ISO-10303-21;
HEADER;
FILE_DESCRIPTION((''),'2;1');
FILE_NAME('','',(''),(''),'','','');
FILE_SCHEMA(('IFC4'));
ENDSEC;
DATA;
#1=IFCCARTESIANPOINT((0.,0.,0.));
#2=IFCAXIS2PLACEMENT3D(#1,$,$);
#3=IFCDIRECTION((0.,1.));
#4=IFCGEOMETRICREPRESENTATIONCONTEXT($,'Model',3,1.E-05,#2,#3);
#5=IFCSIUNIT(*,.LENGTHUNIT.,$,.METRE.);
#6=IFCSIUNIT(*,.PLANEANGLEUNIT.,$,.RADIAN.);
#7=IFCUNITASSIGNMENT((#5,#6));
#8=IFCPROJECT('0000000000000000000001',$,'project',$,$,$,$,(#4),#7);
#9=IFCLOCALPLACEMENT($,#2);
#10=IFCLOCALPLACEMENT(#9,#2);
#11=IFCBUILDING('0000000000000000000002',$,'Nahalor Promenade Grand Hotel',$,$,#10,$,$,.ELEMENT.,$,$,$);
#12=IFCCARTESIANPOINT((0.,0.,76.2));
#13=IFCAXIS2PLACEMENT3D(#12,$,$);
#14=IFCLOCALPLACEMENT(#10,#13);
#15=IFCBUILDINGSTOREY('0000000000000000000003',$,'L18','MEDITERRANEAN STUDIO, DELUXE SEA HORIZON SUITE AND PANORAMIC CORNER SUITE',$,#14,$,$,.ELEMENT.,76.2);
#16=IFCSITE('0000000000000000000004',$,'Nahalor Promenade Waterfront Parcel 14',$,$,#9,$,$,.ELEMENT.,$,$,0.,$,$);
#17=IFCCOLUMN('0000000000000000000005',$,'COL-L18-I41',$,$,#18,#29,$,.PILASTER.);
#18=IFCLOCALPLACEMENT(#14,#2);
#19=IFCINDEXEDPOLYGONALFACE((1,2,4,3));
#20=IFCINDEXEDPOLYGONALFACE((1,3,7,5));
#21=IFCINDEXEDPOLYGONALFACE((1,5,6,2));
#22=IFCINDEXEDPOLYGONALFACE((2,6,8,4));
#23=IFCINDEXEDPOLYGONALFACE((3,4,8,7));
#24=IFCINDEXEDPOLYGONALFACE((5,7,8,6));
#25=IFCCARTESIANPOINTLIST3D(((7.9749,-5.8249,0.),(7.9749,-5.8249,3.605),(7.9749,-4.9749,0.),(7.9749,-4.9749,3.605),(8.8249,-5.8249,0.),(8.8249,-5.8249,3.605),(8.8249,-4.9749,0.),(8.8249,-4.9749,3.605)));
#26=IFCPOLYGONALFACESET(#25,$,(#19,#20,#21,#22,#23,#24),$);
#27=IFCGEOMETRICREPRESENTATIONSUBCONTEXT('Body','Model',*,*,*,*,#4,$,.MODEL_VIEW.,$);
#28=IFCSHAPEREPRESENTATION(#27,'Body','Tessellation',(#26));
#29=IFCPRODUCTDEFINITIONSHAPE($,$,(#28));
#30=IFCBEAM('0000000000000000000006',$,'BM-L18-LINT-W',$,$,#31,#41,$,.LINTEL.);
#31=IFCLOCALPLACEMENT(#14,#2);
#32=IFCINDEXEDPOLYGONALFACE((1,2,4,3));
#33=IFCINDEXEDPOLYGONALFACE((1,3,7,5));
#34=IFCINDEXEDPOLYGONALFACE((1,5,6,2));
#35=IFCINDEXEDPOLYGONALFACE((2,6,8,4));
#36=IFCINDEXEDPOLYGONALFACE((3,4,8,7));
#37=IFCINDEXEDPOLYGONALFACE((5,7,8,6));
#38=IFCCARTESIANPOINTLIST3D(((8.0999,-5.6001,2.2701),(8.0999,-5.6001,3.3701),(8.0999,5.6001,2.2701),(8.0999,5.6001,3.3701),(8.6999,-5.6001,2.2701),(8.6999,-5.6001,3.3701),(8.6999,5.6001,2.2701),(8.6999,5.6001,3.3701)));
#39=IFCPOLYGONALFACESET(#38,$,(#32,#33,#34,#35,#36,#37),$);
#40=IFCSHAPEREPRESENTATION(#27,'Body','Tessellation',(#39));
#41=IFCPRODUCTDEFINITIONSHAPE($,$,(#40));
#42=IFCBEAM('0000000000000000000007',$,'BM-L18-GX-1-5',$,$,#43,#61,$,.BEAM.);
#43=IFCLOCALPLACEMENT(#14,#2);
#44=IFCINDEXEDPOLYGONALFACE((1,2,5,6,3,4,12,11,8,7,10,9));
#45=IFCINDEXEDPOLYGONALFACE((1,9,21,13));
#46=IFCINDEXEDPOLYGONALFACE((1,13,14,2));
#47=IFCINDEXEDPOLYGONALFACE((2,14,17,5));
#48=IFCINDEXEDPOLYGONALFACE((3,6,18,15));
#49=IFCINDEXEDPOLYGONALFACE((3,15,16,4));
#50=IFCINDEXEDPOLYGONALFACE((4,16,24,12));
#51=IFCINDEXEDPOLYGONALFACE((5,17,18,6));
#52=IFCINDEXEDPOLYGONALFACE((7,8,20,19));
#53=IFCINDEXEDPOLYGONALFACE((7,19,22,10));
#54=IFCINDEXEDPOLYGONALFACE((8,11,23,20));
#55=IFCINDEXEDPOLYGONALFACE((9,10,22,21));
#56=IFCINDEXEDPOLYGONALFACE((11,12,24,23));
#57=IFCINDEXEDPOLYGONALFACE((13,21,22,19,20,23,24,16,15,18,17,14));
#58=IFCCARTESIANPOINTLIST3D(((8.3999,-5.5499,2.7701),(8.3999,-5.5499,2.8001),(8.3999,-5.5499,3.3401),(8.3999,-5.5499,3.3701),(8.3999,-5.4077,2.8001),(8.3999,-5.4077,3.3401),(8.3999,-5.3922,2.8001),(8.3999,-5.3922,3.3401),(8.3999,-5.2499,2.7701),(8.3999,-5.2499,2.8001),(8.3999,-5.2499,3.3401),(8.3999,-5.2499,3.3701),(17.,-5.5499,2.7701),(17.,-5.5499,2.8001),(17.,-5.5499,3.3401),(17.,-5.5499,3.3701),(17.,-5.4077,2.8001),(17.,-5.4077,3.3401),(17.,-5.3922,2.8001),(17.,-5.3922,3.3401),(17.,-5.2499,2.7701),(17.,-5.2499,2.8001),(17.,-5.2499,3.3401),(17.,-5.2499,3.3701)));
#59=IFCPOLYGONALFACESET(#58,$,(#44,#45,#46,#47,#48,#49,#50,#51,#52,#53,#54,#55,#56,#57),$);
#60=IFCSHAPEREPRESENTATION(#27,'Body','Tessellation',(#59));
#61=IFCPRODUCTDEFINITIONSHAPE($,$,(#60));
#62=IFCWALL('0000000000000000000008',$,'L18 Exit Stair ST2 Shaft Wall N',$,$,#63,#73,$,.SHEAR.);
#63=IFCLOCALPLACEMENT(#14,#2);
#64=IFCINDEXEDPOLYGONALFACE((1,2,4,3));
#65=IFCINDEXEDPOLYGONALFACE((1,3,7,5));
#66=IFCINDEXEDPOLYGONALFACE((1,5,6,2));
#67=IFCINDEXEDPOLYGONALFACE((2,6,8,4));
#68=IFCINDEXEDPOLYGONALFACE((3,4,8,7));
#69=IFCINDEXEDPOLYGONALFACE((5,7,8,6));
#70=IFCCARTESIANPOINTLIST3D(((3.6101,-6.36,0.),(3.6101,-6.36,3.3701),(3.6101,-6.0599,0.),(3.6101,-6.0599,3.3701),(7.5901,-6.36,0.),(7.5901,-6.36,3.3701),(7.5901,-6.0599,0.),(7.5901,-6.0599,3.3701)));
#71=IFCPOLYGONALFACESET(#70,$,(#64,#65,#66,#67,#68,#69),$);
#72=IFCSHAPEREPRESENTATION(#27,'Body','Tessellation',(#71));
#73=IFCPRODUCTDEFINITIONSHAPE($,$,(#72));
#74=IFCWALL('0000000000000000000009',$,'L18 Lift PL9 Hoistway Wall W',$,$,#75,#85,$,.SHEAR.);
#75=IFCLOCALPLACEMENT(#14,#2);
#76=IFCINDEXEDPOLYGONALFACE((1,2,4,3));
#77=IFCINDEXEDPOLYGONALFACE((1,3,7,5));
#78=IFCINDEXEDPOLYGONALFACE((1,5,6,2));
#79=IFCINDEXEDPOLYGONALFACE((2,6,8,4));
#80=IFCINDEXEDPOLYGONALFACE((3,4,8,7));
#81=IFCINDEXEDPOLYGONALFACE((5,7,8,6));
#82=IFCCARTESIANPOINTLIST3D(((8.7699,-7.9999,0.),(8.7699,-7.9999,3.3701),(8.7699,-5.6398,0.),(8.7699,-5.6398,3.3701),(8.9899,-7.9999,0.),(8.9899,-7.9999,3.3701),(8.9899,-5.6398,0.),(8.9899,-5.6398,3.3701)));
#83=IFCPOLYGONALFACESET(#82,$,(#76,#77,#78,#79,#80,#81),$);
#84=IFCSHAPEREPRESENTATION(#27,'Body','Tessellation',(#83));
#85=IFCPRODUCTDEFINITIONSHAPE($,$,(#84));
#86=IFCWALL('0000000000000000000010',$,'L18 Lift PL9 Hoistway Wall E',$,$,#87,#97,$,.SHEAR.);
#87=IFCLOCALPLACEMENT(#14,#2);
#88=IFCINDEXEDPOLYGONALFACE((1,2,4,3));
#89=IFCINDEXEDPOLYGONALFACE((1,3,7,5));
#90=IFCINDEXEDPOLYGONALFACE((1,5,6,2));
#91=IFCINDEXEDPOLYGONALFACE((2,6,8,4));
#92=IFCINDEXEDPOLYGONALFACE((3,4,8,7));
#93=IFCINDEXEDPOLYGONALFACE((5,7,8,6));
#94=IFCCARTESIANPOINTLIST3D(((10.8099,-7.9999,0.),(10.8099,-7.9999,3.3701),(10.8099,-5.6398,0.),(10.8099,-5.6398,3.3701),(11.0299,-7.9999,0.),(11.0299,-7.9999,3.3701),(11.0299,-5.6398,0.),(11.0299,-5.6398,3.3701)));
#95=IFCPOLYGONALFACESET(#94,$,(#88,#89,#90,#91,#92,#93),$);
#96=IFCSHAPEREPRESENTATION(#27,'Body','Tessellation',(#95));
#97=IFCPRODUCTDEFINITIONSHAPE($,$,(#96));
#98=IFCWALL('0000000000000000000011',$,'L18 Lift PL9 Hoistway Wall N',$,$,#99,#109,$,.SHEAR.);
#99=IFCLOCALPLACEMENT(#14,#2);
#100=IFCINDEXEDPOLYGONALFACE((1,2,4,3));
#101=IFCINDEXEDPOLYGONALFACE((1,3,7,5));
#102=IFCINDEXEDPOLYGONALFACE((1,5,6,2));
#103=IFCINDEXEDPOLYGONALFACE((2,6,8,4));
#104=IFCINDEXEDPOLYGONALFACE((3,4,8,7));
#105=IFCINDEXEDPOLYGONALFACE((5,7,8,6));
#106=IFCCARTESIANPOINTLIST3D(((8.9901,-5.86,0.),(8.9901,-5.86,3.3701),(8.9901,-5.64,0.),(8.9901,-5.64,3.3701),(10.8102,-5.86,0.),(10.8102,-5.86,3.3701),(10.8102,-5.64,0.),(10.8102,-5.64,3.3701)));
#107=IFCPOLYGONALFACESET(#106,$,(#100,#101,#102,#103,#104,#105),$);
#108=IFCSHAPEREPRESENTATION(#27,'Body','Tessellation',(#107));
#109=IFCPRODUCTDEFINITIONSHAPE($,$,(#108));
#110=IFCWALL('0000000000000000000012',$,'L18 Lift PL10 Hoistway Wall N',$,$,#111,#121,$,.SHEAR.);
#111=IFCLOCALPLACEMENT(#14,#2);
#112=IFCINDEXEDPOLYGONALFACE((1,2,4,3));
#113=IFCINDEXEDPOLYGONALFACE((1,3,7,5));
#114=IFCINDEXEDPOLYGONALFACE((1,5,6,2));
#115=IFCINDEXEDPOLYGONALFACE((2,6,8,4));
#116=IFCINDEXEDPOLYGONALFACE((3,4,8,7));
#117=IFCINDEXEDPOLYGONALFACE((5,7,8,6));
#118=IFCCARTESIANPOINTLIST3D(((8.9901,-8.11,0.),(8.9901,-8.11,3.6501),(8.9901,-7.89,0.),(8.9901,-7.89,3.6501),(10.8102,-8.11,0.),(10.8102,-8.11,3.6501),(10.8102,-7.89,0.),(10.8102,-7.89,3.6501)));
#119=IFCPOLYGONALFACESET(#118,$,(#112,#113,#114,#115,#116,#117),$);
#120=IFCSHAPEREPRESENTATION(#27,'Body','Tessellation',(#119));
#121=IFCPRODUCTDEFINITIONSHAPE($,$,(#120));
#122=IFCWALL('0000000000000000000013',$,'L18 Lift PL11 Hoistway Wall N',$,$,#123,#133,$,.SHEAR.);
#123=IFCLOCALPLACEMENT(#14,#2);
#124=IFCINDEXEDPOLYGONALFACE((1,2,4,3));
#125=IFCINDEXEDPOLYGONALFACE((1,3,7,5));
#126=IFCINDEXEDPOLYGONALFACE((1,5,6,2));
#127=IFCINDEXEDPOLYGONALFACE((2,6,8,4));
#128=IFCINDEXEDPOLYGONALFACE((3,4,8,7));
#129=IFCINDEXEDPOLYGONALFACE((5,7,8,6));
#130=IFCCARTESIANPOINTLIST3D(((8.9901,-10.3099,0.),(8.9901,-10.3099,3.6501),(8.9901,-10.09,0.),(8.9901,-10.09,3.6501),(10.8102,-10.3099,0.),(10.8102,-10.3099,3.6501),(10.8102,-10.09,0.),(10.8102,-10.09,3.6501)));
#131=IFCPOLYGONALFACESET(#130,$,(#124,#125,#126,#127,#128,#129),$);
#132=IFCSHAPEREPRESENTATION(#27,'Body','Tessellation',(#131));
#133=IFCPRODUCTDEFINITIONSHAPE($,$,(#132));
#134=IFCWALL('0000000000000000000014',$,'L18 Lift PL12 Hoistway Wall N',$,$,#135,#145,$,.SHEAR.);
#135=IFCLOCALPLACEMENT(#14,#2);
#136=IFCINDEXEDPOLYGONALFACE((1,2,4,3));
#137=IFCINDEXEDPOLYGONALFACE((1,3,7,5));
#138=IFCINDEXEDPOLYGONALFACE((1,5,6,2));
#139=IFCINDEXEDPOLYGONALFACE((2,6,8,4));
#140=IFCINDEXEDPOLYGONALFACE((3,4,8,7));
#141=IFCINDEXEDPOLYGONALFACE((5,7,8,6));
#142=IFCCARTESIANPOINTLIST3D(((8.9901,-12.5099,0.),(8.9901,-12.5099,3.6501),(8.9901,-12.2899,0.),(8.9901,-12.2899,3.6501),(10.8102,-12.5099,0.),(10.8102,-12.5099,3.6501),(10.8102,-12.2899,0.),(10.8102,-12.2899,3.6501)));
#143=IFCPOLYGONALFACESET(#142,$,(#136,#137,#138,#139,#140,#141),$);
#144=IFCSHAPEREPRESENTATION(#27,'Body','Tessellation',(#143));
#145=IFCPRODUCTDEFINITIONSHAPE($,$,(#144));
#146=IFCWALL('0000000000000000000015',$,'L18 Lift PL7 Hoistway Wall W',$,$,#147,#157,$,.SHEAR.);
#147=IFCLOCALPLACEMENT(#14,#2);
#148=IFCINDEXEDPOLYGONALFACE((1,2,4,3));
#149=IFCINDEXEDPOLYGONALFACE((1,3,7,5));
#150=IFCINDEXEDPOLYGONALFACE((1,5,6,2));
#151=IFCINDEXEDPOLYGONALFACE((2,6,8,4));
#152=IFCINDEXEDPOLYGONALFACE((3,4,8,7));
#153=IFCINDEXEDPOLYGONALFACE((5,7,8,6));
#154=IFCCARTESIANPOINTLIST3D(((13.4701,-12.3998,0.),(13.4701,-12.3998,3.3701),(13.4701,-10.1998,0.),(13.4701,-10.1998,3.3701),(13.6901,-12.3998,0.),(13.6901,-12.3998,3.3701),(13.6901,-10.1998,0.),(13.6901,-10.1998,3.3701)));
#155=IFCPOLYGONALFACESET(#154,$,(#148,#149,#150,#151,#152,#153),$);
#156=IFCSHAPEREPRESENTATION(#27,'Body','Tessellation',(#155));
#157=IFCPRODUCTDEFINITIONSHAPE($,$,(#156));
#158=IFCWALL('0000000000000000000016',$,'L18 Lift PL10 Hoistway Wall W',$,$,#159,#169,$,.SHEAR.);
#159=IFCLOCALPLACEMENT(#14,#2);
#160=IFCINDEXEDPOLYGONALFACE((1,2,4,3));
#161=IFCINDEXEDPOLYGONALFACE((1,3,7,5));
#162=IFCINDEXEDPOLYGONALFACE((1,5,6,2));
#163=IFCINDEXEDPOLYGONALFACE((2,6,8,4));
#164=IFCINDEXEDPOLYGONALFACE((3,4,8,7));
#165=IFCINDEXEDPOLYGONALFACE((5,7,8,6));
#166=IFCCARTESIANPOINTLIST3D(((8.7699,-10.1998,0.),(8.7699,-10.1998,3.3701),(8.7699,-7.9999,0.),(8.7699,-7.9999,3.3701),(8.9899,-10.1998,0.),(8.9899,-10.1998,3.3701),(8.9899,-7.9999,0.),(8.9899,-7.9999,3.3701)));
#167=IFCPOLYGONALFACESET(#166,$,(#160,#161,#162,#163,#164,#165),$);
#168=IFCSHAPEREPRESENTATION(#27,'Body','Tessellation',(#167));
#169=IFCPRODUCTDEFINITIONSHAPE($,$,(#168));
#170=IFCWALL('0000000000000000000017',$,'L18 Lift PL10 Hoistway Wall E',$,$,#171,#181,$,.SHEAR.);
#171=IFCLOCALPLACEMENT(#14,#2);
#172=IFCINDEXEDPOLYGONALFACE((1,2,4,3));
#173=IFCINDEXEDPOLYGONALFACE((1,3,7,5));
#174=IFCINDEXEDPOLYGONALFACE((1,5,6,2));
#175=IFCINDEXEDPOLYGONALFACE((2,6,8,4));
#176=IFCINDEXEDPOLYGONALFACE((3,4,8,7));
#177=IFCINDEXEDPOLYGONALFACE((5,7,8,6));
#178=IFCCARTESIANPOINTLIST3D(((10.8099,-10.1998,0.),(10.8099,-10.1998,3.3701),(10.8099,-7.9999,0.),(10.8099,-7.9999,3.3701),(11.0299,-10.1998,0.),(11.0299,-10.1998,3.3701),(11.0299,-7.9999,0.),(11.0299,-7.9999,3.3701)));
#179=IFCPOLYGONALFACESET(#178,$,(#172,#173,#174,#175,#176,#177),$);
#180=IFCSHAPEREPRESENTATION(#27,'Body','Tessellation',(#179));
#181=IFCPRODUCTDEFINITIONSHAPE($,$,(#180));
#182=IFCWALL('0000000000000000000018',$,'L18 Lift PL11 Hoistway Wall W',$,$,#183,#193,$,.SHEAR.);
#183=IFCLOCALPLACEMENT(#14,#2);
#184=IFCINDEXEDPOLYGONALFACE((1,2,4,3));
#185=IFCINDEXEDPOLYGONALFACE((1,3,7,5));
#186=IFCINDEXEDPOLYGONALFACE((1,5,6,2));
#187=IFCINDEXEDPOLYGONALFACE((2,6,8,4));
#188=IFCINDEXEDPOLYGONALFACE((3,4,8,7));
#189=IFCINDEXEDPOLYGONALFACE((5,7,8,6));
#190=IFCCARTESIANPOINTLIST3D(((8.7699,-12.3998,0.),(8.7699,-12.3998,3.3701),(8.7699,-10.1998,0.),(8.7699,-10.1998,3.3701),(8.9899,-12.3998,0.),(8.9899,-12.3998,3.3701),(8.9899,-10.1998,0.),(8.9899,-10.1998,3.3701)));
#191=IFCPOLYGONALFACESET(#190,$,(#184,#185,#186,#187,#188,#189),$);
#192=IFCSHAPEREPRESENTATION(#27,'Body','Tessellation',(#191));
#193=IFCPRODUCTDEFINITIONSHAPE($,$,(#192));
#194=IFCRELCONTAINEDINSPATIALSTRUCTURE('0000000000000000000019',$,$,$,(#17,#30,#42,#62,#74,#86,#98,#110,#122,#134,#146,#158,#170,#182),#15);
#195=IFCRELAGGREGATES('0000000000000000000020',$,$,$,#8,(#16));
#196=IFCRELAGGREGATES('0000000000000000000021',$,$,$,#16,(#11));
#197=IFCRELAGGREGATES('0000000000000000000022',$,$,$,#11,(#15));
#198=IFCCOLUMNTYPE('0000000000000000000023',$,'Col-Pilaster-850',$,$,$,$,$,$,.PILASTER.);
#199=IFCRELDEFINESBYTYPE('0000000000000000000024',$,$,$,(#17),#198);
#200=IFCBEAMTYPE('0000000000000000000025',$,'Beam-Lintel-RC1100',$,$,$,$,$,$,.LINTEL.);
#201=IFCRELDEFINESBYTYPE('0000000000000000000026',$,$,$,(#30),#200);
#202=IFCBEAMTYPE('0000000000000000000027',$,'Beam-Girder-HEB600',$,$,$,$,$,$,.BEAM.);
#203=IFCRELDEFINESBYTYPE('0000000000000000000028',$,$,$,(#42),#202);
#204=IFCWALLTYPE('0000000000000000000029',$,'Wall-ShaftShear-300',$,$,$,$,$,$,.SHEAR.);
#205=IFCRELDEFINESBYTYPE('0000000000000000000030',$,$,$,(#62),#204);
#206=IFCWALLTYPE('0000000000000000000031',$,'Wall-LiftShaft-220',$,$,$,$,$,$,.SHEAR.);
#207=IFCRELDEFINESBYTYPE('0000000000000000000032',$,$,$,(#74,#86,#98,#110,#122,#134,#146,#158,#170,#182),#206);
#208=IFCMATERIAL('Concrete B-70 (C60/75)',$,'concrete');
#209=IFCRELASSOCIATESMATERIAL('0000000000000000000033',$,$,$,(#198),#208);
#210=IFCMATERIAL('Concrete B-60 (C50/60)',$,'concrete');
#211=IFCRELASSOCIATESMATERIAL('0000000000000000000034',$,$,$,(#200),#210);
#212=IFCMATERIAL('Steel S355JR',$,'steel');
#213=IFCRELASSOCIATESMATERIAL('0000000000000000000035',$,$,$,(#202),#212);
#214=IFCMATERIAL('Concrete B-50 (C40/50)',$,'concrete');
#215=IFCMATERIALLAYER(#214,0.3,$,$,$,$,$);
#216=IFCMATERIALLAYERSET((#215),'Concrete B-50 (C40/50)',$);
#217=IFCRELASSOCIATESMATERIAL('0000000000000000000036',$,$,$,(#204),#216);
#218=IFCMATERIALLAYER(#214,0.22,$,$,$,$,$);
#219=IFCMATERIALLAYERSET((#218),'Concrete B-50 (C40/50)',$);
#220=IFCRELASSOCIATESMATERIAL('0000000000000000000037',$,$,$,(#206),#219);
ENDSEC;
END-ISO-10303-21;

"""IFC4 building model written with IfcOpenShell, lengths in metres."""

from ifc_helpers import new_model, si_unit, direction, frame, frame_2d, origin, origin_2d, place, context, subcontext, project, spatial, rectangle, i_section, extrude, source, transform, mapped, material, layer, layer_set, material_profile, profile_set, type_object, element, save


model = new_model("IFC4")

# Units and contexts
model_context = context("Model", 3, precision=1e-05, world=origin(), true_north=direction((0.0, 1.0)))
body_context = subcontext(model_context, "Body", "Model", "MODEL_VIEW")
ifc_project = project(units=[si_unit("LENGTHUNIT", "METRE"), si_unit("PLANEANGLEUNIT", "RADIAN")], contexts=[model_context])

# Site, building, storey
site_placement = place(None, origin())
site = spatial("IfcSite", under=ifc_project, at=site_placement, Name="Nahalor Promenade Waterfront Parcel 14", CompositionType="ELEMENT", RefElevation=0.0)
building_placement = place(site_placement, origin())
building = spatial("IfcBuilding", under=site, at=building_placement, Name="Nahalor Promenade Grand Hotel", CompositionType="ELEMENT")
storey_placement = place(building_placement, frame((0.0, 0.0, 76.2)))
storey = spatial("IfcBuildingStorey", under=building, at=storey_placement, Name="L18", Description="MEDITERRANEAN STUDIO, DELUXE SEA HORIZON SUITE AND PANORAMIC CORNER SUITE", CompositionType="ELEMENT", Elevation=76.2)

# Column
ifc_material_1 = material(Name="Concrete B-70 (C60/75)", Category="concrete")
ifc_material_profile_1 = material_profile(ifc_material_1, rectangle(XDim=0.85, YDim=0.85, at=origin_2d()), Name="RC 850x850")
ifc_profile_set_1 = profile_set([ifc_material_profile_1], Name="Concrete B-70 (C60/75)")
column_type = type_object("IfcColumnType", Name="Col-Pilaster-850", PredefinedType="PILASTER", material=ifc_profile_set_1)
shared_shape_1 = source(origin(), body_context, "Body", "SweptSolid", [
    extrude(rectangle(XDim=0.85, YDim=0.85, at=origin_2d()), origin(), (0.0, 0.0, 1.0), 3.605),
])
column_placement = place(storey_placement, frame((8.3999, -5.3999, 0.0), z_axis=(0.0, 0.0, 1.0), x_axis=(1.0, 0.0, 0.0)))
element("IfcColumn", 1, at=column_placement, inside=storey, type_object=column_type, Name="COL-L18-I41", PredefinedType="PILASTER", context=body_context, shape_type="MappedRepresentation", body=[
    mapped(shared_shape_1, transform((0.0, 0.0, 0.0), scale=1.0)),
])

# Beams
ifc_material_2 = material(Name="Concrete B-60 (C50/60)", Category="concrete")
ifc_material_profile_2 = material_profile(ifc_material_2, rectangle(XDim=0.6, YDim=1.1, at=origin_2d()), Name="RC 600x1100")
ifc_profile_set_2 = profile_set([ifc_material_profile_2], Name="Concrete B-60 (C50/60)")
beam_type_1 = type_object("IfcBeamType", Name="Beam-Lintel-RC1100", PredefinedType="LINTEL", material=ifc_profile_set_2)
shared_shape_2 = source(origin(), body_context, "Body", "SweptSolid", [
    extrude(rectangle(XDim=0.6, YDim=1.1, at=origin_2d()), origin(), (0.0, 0.0, 1.0), 11.2002),
])
beam_1_placement = place(storey_placement, frame((8.3999, -5.6001, 2.8201), z_axis=(0.0, 1.0, 0.0), x_axis=(-1.0, 0.0, 0.0)))
element("IfcBeam", 2, at=beam_1_placement, inside=storey, type_object=beam_type_1, Name="BM-L18-LINT-W", PredefinedType="LINTEL", context=body_context, shape_type="MappedRepresentation", body=[
    mapped(shared_shape_2, transform((0.0, 0.0, 0.0), scale=1.0)),
])
ifc_material_3 = material(Name="Steel S355JR", Category="steel")
ifc_material_profile_3 = material_profile(ifc_material_3, i_section(OverallWidth=0.3, OverallDepth=0.6, WebThickness=0.0155, FlangeThickness=0.03, at=origin_2d()), Name="HEB 600")
ifc_profile_set_3 = profile_set([ifc_material_profile_3], Name="Steel S355JR")
beam_type_2 = type_object("IfcBeamType", Name="Beam-Girder-HEB600", PredefinedType="BEAM", material=ifc_profile_set_3)
shared_shape_3 = source(origin(), body_context, "Body", "SweptSolid", [
    extrude(i_section(OverallWidth=0.3, OverallDepth=0.6, WebThickness=0.0155, FlangeThickness=0.03, at=origin_2d()), origin(), (0.0, 0.0, 1.0), 8.6001),
])
beam_2_placement = place(storey_placement, frame((8.3999, -5.3999, 3.0701), z_axis=(1.0, 0.0, 0.0), x_axis=(0.0, 1.0, 0.0)))
element("IfcBeam", 3, at=beam_2_placement, inside=storey, type_object=beam_type_2, Name="BM-L18-GX-1-5", PredefinedType="BEAM", context=body_context, shape_type="MappedRepresentation", body=[
    mapped(shared_shape_3, transform((0.0, 0.0, 0.0), scale=1.0)),
])

# Walls
ifc_material_4 = material(Name="Concrete B-50 (C40/50)", Category="concrete")
ifc_layer_1 = layer(ifc_material_4, 0.3)
ifc_layer_set_1 = layer_set([ifc_layer_1], Name="Concrete B-50 (C40/50)")
wall_type_1 = type_object("IfcWallType", Name="Wall-ShaftShear-300", PredefinedType="SHEAR", material=ifc_layer_set_1)
shared_shape_4 = source(origin(), body_context, "Body", "SweptSolid", [
    extrude(rectangle(XDim=3.98, YDim=0.3, at=frame_2d((1.99, 0.0))), origin(), (0.0, 0.0, 1.0), 3.3701),
])
wall_1_placement = place(storey_placement, frame((3.6101, -6.21, 0.0), z_axis=(0.0, 0.0, 1.0), x_axis=(1.0, 0.0, 0.0)))
element("IfcWall", 4, at=wall_1_placement, inside=storey, type_object=wall_type_1, Name="L18 Exit Stair ST2 Shaft Wall N", PredefinedType="SHEAR", context=body_context, shape_type="MappedRepresentation", body=[
    mapped(shared_shape_4, transform((0.0, 0.0, 0.0), scale=1.0)),
])
ifc_layer_2 = layer(ifc_material_4, 0.22)
ifc_layer_set_2 = layer_set([ifc_layer_2], Name="Concrete B-50 (C40/50)")
wall_type_2 = type_object("IfcWallType", Name="Wall-LiftShaft-220", PredefinedType="SHEAR", material=ifc_layer_set_2)
shared_shape_5 = source(origin(), body_context, "Body", "SweptSolid", [
    extrude(rectangle(XDim=2.3601, YDim=0.22, at=frame_2d((1.1802, 0.0))), origin(), (0.0, 0.0, 1.0), 3.3701),
])
for number, where, z_axis, x_axis, name in (
    (5, (8.8799, -8.0, 0.0), (0.0, 0.0, 1.0), (0.0, 1.0, 0.0), "L18 Lift PL9 Hoistway Wall W"),
    (6, (10.9199, -8.0, 0.0), (0.0, 0.0, 1.0), (0.0, 1.0, 0.0), "L18 Lift PL9 Hoistway Wall E"),
):
    element("IfcWall", number, at=place(storey_placement, frame(where, z_axis=z_axis, x_axis=x_axis)), inside=storey, type_object=wall_type_2, Name=name, PredefinedType="SHEAR", context=body_context, shape_type="MappedRepresentation", body=[
        mapped(shared_shape_5, transform((0.0, 0.0, 0.0), scale=1.0)),
    ])
shared_shape_6 = source(origin(), body_context, "Body", "SweptSolid", [
    extrude(rectangle(XDim=1.8201, YDim=0.22, at=frame_2d((0.9102, 0.0))), origin(), (0.0, 0.0, 1.0), 3.3701),
])
wall_2_placement = place(storey_placement, frame((8.99, -5.75, 0.0), z_axis=(0.0, 0.0, 1.0), x_axis=(1.0, 0.0, 0.0)))
element("IfcWall", 7, at=wall_2_placement, inside=storey, type_object=wall_type_2, Name="L18 Lift PL9 Hoistway Wall N", PredefinedType="SHEAR", context=body_context, shape_type="MappedRepresentation", body=[
    mapped(shared_shape_6, transform((0.0, 0.0, 0.0), scale=1.0)),
])
shared_shape_7 = source(origin(), body_context, "Body", "SweptSolid", [
    extrude(rectangle(XDim=1.8201, YDim=0.22, at=frame_2d((0.9102, 0.0))), origin(), (0.0, 0.0, 1.0), 3.6501),
])
for number, where, z_axis, x_axis, name in (
    (8, (8.99, -8.0, 0.0), (0.0, 0.0, 1.0), (1.0, 0.0, 0.0), "L18 Lift PL10 Hoistway Wall N"),
    (9, (8.99, -10.2, 0.0), (0.0, 0.0, 1.0), (1.0, 0.0, 0.0), "L18 Lift PL11 Hoistway Wall N"),
    (10, (8.99, -12.3999, 0.0), (0.0, 0.0, 1.0), (1.0, 0.0, 0.0), "L18 Lift PL12 Hoistway Wall N"),
):
    element("IfcWall", number, at=place(storey_placement, frame(where, z_axis=z_axis, x_axis=x_axis)), inside=storey, type_object=wall_type_2, Name=name, PredefinedType="SHEAR", context=body_context, shape_type="MappedRepresentation", body=[
        mapped(shared_shape_7, transform((0.0, 0.0, 0.0), scale=1.0)),
    ])
shared_shape_8 = source(origin(), body_context, "Body", "SweptSolid", [
    extrude(rectangle(XDim=2.2, YDim=0.22, at=frame_2d((1.1001, 0.0))), origin(), (0.0, 0.0, 1.0), 3.3701),
])
for number, where, z_axis, x_axis, name in (
    (11, (13.5801, -12.3999, 0.0), (0.0, 0.0, 1.0), (0.0, 1.0, 0.0), "L18 Lift PL7 Hoistway Wall W"),
    (12, (8.8799, -10.2, 0.0), (0.0, 0.0, 1.0), (0.0, 1.0, 0.0), "L18 Lift PL10 Hoistway Wall W"),
    (13, (10.9199, -10.2, 0.0), (0.0, 0.0, 1.0), (0.0, 1.0, 0.0), "L18 Lift PL10 Hoistway Wall E"),
    (14, (8.8799, -12.3999, 0.0), (0.0, 0.0, 1.0), (0.0, 1.0, 0.0), "L18 Lift PL11 Hoistway Wall W"),
):
    element("IfcWall", number, at=place(storey_placement, frame(where, z_axis=z_axis, x_axis=x_axis)), inside=storey, type_object=wall_type_2, Name=name, PredefinedType="SHEAR", context=body_context, shape_type="MappedRepresentation", body=[
        mapped(shared_shape_8, transform((0.0, 0.0, 0.0), scale=1.0)),
    ])

save(model, "model.ifc")
